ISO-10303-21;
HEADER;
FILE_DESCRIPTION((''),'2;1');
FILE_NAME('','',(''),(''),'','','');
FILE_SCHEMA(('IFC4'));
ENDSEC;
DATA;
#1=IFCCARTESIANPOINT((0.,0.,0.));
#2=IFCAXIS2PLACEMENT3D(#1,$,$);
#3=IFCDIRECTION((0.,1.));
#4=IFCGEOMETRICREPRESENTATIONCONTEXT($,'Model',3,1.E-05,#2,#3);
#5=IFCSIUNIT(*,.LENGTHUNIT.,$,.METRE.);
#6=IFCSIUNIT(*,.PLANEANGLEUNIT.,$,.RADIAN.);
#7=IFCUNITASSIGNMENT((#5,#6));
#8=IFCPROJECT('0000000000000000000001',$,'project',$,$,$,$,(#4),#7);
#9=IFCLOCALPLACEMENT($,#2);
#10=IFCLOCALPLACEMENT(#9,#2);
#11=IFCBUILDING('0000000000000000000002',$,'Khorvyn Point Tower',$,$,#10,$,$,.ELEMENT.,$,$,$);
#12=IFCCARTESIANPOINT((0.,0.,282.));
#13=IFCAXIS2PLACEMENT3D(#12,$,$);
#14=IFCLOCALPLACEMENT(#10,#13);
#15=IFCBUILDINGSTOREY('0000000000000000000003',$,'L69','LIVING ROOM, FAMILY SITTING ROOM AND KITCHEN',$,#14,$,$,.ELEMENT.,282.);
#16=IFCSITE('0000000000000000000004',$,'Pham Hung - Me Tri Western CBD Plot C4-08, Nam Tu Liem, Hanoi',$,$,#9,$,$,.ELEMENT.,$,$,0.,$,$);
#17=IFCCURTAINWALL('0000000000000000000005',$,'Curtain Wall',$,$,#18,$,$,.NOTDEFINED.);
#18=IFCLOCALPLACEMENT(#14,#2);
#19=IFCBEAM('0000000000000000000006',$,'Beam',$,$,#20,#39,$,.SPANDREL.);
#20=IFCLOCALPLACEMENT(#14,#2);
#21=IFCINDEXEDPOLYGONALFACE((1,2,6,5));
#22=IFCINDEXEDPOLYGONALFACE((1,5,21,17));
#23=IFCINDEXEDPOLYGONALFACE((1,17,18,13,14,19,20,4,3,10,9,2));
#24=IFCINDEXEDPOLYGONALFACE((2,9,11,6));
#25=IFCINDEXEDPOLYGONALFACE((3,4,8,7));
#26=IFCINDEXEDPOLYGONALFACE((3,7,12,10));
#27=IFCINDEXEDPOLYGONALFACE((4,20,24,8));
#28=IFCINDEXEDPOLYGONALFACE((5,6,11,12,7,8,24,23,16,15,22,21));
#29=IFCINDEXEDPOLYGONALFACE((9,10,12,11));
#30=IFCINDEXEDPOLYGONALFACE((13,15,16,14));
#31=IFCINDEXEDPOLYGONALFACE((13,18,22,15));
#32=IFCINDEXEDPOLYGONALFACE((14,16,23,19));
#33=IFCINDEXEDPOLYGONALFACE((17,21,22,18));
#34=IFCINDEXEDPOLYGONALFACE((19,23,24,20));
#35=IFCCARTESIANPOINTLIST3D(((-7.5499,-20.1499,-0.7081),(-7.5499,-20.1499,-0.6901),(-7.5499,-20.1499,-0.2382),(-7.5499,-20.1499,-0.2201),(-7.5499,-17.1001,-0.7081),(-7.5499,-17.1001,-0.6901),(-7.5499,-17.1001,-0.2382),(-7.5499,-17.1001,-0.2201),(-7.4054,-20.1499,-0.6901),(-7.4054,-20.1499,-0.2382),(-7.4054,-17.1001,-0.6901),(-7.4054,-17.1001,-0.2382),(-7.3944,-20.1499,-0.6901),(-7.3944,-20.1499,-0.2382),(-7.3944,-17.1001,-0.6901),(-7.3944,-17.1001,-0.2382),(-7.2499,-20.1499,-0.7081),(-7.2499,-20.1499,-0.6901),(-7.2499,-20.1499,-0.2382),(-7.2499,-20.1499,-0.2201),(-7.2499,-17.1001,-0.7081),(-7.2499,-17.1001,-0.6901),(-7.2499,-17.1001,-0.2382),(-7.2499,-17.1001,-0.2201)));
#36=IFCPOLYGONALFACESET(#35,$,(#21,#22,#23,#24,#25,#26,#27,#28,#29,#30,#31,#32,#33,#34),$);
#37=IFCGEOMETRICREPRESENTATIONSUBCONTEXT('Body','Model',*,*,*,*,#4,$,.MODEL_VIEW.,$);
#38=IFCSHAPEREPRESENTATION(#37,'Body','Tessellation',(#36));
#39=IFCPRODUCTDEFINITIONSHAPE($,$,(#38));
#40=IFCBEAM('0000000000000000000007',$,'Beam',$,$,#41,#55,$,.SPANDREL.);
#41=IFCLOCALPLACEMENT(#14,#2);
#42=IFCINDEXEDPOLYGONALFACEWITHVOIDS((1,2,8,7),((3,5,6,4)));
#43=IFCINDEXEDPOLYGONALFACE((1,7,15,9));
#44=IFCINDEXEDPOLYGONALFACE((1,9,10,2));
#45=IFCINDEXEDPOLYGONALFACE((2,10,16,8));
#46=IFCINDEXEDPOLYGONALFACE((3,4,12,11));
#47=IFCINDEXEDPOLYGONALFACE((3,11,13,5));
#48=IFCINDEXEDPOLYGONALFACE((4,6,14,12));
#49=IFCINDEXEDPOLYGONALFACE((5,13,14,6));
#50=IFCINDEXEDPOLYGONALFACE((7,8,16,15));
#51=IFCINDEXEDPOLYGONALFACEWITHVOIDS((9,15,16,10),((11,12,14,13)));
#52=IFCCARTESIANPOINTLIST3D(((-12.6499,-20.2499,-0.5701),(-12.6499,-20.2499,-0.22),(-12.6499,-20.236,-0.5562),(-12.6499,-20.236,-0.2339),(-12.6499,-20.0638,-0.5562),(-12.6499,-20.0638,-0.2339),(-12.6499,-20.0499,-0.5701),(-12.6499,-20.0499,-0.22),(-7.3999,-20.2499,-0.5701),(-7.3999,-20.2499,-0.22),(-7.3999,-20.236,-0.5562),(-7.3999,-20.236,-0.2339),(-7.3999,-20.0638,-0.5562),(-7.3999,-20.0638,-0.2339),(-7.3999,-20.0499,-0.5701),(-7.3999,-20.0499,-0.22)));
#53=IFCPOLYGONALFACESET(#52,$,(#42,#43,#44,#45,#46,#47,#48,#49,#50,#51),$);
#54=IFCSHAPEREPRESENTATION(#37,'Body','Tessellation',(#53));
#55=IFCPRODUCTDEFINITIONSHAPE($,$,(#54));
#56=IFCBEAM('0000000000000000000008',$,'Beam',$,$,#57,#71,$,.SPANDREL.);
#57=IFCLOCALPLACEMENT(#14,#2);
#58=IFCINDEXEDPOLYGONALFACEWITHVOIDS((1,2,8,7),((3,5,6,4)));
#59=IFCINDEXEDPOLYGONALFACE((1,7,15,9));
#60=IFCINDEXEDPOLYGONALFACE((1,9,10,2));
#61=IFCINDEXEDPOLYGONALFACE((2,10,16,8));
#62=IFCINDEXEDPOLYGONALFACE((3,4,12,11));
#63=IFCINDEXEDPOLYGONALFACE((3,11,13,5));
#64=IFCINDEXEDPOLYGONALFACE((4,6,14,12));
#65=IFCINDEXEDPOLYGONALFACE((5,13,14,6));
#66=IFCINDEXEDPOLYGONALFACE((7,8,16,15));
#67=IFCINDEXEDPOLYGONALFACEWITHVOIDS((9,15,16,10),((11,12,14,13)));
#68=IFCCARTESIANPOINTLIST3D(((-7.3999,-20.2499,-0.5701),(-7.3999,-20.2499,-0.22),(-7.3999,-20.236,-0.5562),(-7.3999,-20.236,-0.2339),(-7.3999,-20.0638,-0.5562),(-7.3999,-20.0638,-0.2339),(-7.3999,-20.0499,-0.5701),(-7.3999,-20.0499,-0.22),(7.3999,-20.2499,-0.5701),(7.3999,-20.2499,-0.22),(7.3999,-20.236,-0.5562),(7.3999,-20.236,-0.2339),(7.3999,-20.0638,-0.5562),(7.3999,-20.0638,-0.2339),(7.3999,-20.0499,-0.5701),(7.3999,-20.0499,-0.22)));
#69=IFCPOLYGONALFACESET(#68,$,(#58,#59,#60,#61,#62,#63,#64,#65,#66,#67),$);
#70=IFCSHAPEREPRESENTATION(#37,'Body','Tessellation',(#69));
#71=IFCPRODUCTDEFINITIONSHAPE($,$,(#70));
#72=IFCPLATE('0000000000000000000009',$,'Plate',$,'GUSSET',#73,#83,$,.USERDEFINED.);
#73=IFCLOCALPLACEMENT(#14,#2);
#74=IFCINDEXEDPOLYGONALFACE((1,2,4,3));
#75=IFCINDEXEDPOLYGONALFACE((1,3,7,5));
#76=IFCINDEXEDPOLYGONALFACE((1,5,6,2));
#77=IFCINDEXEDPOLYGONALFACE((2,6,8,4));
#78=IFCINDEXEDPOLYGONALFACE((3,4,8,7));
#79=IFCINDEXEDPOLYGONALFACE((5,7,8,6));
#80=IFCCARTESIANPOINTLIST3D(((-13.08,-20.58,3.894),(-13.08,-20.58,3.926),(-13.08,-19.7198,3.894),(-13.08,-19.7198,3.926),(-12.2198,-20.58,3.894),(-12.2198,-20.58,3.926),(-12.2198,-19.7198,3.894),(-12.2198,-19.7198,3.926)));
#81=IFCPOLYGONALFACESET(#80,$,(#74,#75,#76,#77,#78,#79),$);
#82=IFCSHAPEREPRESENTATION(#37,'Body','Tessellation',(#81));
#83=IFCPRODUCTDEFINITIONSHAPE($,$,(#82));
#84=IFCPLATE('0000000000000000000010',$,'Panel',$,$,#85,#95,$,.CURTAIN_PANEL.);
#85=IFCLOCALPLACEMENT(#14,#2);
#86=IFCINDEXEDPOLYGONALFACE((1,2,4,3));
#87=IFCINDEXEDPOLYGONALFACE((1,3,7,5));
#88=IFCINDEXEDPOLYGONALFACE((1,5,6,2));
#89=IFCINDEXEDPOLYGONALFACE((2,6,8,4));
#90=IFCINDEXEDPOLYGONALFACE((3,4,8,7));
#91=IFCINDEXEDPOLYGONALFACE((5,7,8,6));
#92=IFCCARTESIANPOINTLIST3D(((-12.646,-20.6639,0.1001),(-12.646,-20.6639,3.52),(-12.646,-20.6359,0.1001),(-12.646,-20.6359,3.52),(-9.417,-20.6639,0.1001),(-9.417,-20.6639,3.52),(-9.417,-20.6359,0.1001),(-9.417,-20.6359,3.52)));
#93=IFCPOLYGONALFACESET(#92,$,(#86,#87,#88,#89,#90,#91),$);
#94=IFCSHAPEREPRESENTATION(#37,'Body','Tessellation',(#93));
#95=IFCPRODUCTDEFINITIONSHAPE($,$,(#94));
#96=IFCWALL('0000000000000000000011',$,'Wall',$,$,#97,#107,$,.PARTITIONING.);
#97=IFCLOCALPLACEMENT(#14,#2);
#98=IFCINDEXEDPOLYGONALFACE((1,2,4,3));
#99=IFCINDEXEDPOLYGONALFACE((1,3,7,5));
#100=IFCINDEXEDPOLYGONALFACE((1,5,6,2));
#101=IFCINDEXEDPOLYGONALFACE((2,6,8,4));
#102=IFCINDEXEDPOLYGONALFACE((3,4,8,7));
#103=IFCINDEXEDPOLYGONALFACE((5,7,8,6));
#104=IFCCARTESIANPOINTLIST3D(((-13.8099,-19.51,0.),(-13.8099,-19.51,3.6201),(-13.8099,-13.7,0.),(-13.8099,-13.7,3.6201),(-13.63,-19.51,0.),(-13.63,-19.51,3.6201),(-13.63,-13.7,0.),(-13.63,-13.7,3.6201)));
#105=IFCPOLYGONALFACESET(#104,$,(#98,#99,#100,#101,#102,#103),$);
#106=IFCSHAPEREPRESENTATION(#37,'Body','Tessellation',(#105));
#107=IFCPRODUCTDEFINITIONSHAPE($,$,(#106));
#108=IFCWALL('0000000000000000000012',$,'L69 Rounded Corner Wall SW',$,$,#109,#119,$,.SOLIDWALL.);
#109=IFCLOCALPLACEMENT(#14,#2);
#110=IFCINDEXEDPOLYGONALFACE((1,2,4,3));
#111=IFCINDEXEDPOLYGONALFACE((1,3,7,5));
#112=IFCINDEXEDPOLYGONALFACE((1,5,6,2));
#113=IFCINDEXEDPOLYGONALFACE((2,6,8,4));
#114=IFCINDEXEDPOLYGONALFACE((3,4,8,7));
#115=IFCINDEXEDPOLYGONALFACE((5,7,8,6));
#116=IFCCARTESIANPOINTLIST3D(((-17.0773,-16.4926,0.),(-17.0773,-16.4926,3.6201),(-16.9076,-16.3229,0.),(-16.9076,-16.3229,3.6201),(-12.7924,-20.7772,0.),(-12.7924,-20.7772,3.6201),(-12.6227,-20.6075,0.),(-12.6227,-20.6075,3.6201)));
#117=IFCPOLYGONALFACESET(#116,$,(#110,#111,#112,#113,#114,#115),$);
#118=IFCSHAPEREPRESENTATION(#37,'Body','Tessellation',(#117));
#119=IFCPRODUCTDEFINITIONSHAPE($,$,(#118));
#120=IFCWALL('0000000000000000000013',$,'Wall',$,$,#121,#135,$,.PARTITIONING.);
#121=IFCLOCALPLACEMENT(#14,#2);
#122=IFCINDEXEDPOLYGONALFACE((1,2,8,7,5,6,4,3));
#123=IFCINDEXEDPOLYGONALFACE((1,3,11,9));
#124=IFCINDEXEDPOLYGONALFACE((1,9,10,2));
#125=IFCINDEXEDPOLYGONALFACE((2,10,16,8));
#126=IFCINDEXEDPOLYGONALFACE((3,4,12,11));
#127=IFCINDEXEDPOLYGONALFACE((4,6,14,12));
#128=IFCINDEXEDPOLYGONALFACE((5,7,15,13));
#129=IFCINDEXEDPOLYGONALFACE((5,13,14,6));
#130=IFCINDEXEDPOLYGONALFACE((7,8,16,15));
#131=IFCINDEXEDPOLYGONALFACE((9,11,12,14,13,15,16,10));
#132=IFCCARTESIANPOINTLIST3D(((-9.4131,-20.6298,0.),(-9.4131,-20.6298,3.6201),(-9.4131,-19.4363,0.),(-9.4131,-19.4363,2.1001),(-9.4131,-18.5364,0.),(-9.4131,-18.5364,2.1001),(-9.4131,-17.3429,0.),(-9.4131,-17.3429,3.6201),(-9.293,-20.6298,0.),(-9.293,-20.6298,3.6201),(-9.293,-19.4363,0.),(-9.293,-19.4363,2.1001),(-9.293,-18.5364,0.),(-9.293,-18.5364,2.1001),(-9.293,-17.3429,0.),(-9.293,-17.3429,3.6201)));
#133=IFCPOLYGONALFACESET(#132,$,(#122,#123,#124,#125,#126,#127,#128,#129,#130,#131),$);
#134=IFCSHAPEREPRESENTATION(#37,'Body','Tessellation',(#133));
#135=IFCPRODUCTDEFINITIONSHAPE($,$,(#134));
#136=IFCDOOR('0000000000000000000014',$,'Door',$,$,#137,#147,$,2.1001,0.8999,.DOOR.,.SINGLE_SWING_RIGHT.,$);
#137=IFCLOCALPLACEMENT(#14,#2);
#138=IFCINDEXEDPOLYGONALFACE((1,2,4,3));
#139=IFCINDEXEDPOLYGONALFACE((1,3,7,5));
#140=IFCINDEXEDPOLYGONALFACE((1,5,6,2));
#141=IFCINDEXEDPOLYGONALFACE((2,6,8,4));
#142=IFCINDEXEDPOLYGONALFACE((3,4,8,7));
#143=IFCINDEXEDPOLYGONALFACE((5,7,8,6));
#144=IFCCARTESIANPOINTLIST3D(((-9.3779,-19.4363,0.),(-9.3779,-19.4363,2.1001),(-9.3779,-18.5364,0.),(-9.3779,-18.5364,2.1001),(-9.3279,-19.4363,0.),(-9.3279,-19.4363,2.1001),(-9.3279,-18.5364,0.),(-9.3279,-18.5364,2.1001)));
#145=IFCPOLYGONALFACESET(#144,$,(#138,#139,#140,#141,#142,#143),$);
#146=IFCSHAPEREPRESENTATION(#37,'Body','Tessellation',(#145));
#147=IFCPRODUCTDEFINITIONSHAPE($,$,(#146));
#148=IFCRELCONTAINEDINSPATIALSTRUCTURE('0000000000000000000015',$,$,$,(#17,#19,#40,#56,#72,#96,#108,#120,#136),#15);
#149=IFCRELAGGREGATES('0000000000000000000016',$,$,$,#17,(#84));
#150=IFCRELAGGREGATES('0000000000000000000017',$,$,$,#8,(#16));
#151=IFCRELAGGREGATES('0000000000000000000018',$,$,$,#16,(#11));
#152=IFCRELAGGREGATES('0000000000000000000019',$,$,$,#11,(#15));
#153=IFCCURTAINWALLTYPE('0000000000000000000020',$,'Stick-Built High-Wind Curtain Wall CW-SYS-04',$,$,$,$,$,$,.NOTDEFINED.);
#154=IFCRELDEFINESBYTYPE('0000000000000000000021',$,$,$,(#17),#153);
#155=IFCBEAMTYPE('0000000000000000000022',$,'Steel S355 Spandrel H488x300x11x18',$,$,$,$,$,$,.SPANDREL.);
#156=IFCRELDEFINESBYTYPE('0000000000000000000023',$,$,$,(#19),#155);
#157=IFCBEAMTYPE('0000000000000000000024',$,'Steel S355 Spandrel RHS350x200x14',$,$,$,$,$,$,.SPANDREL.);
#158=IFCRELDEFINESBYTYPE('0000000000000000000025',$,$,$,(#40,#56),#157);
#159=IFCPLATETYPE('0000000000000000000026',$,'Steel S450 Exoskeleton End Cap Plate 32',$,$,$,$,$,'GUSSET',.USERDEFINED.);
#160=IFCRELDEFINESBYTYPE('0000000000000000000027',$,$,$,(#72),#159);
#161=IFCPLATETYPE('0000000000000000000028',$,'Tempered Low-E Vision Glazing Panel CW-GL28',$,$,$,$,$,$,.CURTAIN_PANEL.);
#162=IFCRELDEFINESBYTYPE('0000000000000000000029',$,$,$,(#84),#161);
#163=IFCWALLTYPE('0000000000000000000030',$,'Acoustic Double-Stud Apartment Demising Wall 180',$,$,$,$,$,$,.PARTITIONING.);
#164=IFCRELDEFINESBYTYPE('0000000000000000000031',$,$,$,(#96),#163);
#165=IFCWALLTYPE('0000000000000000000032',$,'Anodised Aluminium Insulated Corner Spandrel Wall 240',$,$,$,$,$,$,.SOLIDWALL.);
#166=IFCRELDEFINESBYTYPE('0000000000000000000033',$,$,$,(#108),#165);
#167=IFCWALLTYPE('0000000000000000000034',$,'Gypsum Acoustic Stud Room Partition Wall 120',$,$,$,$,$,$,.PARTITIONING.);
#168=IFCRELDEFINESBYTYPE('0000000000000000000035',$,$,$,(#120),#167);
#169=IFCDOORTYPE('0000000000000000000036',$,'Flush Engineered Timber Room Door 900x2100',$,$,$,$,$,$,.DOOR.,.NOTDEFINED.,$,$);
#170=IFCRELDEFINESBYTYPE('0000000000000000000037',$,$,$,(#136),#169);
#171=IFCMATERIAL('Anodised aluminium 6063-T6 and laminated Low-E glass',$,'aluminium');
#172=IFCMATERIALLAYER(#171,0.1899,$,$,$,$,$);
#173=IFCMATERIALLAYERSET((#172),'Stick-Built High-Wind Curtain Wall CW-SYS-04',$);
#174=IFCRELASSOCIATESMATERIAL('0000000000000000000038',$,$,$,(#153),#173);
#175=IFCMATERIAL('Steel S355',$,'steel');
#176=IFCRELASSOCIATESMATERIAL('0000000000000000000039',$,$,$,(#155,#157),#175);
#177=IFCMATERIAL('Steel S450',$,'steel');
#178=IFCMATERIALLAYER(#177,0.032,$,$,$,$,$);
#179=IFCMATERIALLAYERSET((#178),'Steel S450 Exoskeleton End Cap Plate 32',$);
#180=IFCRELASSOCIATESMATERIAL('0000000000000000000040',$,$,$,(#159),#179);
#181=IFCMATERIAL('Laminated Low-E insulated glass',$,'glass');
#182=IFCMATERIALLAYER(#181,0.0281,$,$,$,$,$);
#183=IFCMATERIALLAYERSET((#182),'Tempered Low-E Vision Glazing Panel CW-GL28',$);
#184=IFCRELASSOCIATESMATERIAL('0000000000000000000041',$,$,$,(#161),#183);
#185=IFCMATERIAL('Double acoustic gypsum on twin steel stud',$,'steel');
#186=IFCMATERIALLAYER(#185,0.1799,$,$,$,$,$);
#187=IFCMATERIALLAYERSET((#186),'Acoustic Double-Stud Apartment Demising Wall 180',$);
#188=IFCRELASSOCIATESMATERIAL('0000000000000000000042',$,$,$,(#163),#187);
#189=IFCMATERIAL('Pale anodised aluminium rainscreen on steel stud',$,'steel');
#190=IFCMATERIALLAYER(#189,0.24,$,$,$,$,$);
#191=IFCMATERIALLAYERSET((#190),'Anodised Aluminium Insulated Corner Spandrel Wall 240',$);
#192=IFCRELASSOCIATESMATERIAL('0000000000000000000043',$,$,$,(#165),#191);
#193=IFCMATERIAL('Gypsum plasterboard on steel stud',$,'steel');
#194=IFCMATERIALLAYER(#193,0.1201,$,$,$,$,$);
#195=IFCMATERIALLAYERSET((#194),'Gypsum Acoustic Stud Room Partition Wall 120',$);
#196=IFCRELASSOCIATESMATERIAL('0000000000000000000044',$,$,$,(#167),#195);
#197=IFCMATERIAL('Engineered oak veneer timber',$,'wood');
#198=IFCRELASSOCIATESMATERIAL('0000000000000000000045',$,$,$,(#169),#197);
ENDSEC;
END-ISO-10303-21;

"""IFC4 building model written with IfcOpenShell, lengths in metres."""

from ifc_helpers import new_model, si_unit, direction, frame, frame_2d, origin, origin_2d, place, context, subcontext, project, spatial, rectangle, hollow_rectangle, i_section, extrude, material, layer, layer_set, material_profile, profile_set, type_object, element, fill, aggregate, save


model = new_model("IFC4")

# Units and contexts
model_context = context("Model", 3, precision=1e-05, world=origin(), true_north=direction((0.0, 1.0)))
body_context = subcontext(model_context, "Body", "Model", "MODEL_VIEW")
ifc_project = project(units=[si_unit("LENGTHUNIT", "METRE"), si_unit("PLANEANGLEUNIT", "RADIAN")], contexts=[model_context])

# Site, building, storey
site_placement = place(None, origin())
site = spatial("IfcSite", under=ifc_project, at=site_placement, Name="Pham Hung - Me Tri Western CBD Plot C4-08, Nam Tu Liem, Hanoi", CompositionType="ELEMENT", RefElevation=0.0)
building_placement = place(site_placement, origin())
building = spatial("IfcBuilding", under=site, at=building_placement, Name="Khorvyn Point Tower", CompositionType="ELEMENT")
storey_placement = place(building_placement, frame((0.0, 0.0, 282.0)))
storey = spatial("IfcBuildingStorey", under=building, at=storey_placement, Name="L69", Description="LIVING ROOM, FAMILY SITTING ROOM AND KITCHEN", CompositionType="ELEMENT", Elevation=282.0)

# Shared definitions
ifc_material_1 = material(Name="Steel S355", Category="steel")
ifc_material_2 = material(Name="Steel S450", Category="steel")

# Curtain wall
ifc_material_3 = material(Name="Anodised aluminium 6063-T6 and laminated Low-E glass", Category="aluminium")
ifc_layer_1 = layer(ifc_material_3, 0.1899)
ifc_layer_set_1 = layer_set([ifc_layer_1], Name="Stick-Built High-Wind Curtain Wall CW-SYS-04")
curtain_wall_type = type_object("IfcCurtainWallType", Name="Stick-Built High-Wind Curtain Wall CW-SYS-04", PredefinedType="NOTDEFINED", material=ifc_layer_set_1)
curtain_wall_1_placement = place(storey_placement, origin())
curtain_wall_1 = element("IfcCurtainWall", 1, at=curtain_wall_1_placement, inside=storey, type_object=curtain_wall_type, Name="Curtain Wall", PredefinedType="NOTDEFINED")

# Beams
ifc_material_profile_1 = material_profile(ifc_material_1, i_section(OverallWidth=0.3, OverallDepth=0.488, WebThickness=0.011, FlangeThickness=0.0181, at=origin_2d()))
ifc_profile_set_1 = profile_set([ifc_material_profile_1], Name="Steel S355 H488x300x11x18")
beam_type_1 = type_object("IfcBeamType", Name="Steel S355 Spandrel H488x300x11x18", PredefinedType="SPANDREL", material=ifc_profile_set_1)
beam_1_placement = place(storey_placement, frame((-7.3999, -20.1499, -0.4641), z_axis=(0.0, 1.0, 0.0), x_axis=(-1.0, 0.0, 0.0)))
element("IfcBeam", 2, at=beam_1_placement, inside=storey, type_object=beam_type_1, Name="Beam", PredefinedType="SPANDREL", context=body_context, shape_type="SweptSolid", body=[
    extrude(i_section(OverallWidth=0.3, OverallDepth=0.488, WebThickness=0.011, FlangeThickness=0.0181, at=origin_2d()), origin(), (0.0, 0.0, 1.0), 3.0498),
])
ifc_material_profile_2 = material_profile(ifc_material_1, hollow_rectangle(XDim=0.2, YDim=0.3501, WallThickness=0.0139, at=origin_2d()))
ifc_profile_set_2 = profile_set([ifc_material_profile_2], Name="Steel S355 RHS350x200x14")
beam_type_2 = type_object("IfcBeamType", Name="Steel S355 Spandrel RHS350x200x14", PredefinedType="SPANDREL", material=ifc_profile_set_2)
beam_2_placement = place(storey_placement, frame((-12.6499, -20.1499, -0.395), z_axis=(1.0, 0.0, 0.0), x_axis=(0.0, 1.0, 0.0)))
element("IfcBeam", 3, at=beam_2_placement, inside=storey, type_object=beam_type_2, Name="Beam", PredefinedType="SPANDREL", context=body_context, shape_type="SweptSolid", body=[
    extrude(hollow_rectangle(XDim=0.2, YDim=0.3501, WallThickness=0.0139, at=origin_2d()), origin(), (0.0, 0.0, 1.0), 5.25),
])
beam_3_placement = place(storey_placement, frame((-7.3999, -20.1499, -0.395), z_axis=(1.0, 0.0, 0.0), x_axis=(0.0, 1.0, 0.0)))
element("IfcBeam", 4, at=beam_3_placement, inside=storey, type_object=beam_type_2, Name="Beam", PredefinedType="SPANDREL", context=body_context, shape_type="SweptSolid", body=[
    extrude(hollow_rectangle(XDim=0.2, YDim=0.3501, WallThickness=0.0139, at=origin_2d()), origin(), (0.0, 0.0, 1.0), 14.7998),
])

# Plates
ifc_layer_2 = layer(ifc_material_2, 0.032)
ifc_layer_set_2 = layer_set([ifc_layer_2], Name="Steel S450 Exoskeleton End Cap Plate 32")
plate_type_1 = type_object("IfcPlateType", Name="Steel S450 Exoskeleton End Cap Plate 32", ElementType="GUSSET", PredefinedType="USERDEFINED", material=ifc_layer_set_2)
plate_1_placement = place(storey_placement, frame((-12.6499, -20.1499, 3.894), z_axis=(0.0, 0.0, 1.0), x_axis=(1.0, 0.0, 0.0)))
element("IfcPlate", 5, at=plate_1_placement, inside=storey, type_object=plate_type_1, Name="Plate", ObjectType="GUSSET", PredefinedType="USERDEFINED", context=body_context, shape_type="SweptSolid", body=[
    extrude(rectangle(XDim=0.8601, YDim=0.8601, at=origin_2d()), origin(), (0.0, 0.0, 1.0), 0.032),
])
ifc_material_4 = material(Name="Laminated Low-E insulated glass", Category="glass")
ifc_layer_3 = layer(ifc_material_4, 0.0281)
ifc_layer_set_3 = layer_set([ifc_layer_3], Name="Tempered Low-E Vision Glazing Panel CW-GL28")
plate_type_2 = type_object("IfcPlateType", Name="Tempered Low-E Vision Glazing Panel CW-GL28", PredefinedType="CURTAIN_PANEL", material=ifc_layer_set_3)
plate_2_placement = place(storey_placement, frame((-11.0315, -20.6499, 0.1001), z_axis=(0.0, 0.0, 1.0), x_axis=(-1.0, 0.0, 0.0)))
plate_2 = element("IfcPlate", 6, at=plate_2_placement, type_object=plate_type_2, Name="Panel", PredefinedType="CURTAIN_PANEL", context=body_context, shape_type="SweptSolid", body=[
    extrude(rectangle(XDim=3.229, YDim=0.0281, at=origin_2d()), origin(), (0.0, 0.0, 1.0), 3.4199),
])
aggregate(curtain_wall_1, [plate_2])

# Walls
ifc_material_5 = material(Name="Double acoustic gypsum on twin steel stud", Category="steel")
ifc_layer_4 = layer(ifc_material_5, 0.1799)
ifc_layer_set_4 = layer_set([ifc_layer_4], Name="Acoustic Double-Stud Apartment Demising Wall 180")
wall_type_1 = type_object("IfcWallType", Name="Acoustic Double-Stud Apartment Demising Wall 180", PredefinedType="PARTITIONING", material=ifc_layer_set_4)
wall_1_placement = place(storey_placement, frame((-13.72, -19.51, 0.0), z_axis=(0.0, 0.0, 1.0), x_axis=(0.0, 1.0, 0.0)))
element("IfcWall", 7, at=wall_1_placement, inside=storey, type_object=wall_type_1, Name="Wall", PredefinedType="PARTITIONING", context=body_context, shape_type="SweptSolid", body=[
    extrude(rectangle(XDim=5.8101, YDim=0.1799, at=frame_2d((2.905, 0.0))), origin(), (0.0, 0.0, 1.0), 3.6201),
])
ifc_material_6 = material(Name="Pale anodised aluminium rainscreen on steel stud", Category="steel")
ifc_layer_5 = layer(ifc_material_6, 0.24)
ifc_layer_set_5 = layer_set([ifc_layer_5], Name="Anodised Aluminium Insulated Corner Spandrel Wall 240")
wall_type_2 = type_object("IfcWallType", Name="Anodised Aluminium Insulated Corner Spandrel Wall 240", PredefinedType="SOLIDWALL", material=ifc_layer_set_5)
wall_2_placement = place(storey_placement, frame((-12.7075, -20.6924, 0.0), z_axis=(0.0, 0.0, 1.0), x_axis=(-0.707127, 0.707087, 0.0)))
element("IfcWall", 8, at=wall_2_placement, inside=storey, type_object=wall_type_2, Name="L69 Rounded Corner Wall SW", PredefinedType="SOLIDWALL", context=body_context, shape_type="SweptSolid", body=[
    extrude(rectangle(XDim=6.0596, YDim=0.24, at=frame_2d((3.0298, 0.0))), origin(), (0.0, 0.0, 1.0), 3.6201),
])

# Wall, opening, door
ifc_material_7 = material(Name="Gypsum plasterboard on steel stud", Category="steel")
ifc_layer_6 = layer(ifc_material_7, 0.1201)
ifc_layer_set_6 = layer_set([ifc_layer_6], Name="Gypsum Acoustic Stud Room Partition Wall 120")
wall_type_3 = type_object("IfcWallType", Name="Gypsum Acoustic Stud Room Partition Wall 120", PredefinedType="PARTITIONING", material=ifc_layer_set_6)
wall_3_placement = place(storey_placement, frame((-9.353, -20.6299, 0.0), z_axis=(0.0, 0.0, 1.0), x_axis=(0.0, 1.0, 0.0)))
wall_3 = element("IfcWall", 9, at=wall_3_placement, inside=storey, type_object=wall_type_3, Name="Wall", PredefinedType="PARTITIONING", context=body_context, shape_type="SweptSolid", body=[
    extrude(rectangle(XDim=3.2869, YDim=0.1201, at=frame_2d((1.6436, 0.0))), origin(), (0.0, 0.0, 1.0), 3.6201),
])
opening_1_placement = place(wall_3_placement, frame((1.1936, 0.0, 0.0)))
opening_1 = element("IfcOpeningElement", 10, at=opening_1_placement, cuts=wall_3, PredefinedType="OPENING", context=body_context, shape_type="SweptSolid", body=[
    extrude(rectangle(XDim=0.8999, YDim=2.1001, at=frame_2d((0.45, 1.05))), frame((0.0, 0.0701, 0.0), z_axis=(0.0, -1.0, 0.0), x_axis=(1.0, 0.0, 0.0)), (0.0, 0.0, 1.0), 0.1401),
])
ifc_material_8 = material(Name="Engineered oak veneer timber", Category="wood")
door_type_1 = type_object("IfcDoorType", Name="Flush Engineered Timber Room Door 900x2100", OperationType="NOTDEFINED", PredefinedType="DOOR", material=ifc_material_8)
door_1_placement = place(opening_1_placement, origin())
door_1 = element("IfcDoor", 11, at=door_1_placement, inside=storey, type_object=door_type_1, Name="Door", OperationType="SINGLE_SWING_RIGHT", OverallHeight=2.1001, OverallWidth=0.8999, PredefinedType="DOOR", context=body_context, shape_type="SweptSolid", body=[
    extrude(rectangle(XDim=0.8999, YDim=2.1001, at=frame_2d((0.45, 1.05))), frame((0.0, 0.0249, 0.0), z_axis=(0.0, -1.0, 0.0), x_axis=(1.0, 0.0, 0.0)), (0.0, 0.0, 1.0), 0.05),
])
fill(opening_1, door_1)

save(model, "model.ifc")
